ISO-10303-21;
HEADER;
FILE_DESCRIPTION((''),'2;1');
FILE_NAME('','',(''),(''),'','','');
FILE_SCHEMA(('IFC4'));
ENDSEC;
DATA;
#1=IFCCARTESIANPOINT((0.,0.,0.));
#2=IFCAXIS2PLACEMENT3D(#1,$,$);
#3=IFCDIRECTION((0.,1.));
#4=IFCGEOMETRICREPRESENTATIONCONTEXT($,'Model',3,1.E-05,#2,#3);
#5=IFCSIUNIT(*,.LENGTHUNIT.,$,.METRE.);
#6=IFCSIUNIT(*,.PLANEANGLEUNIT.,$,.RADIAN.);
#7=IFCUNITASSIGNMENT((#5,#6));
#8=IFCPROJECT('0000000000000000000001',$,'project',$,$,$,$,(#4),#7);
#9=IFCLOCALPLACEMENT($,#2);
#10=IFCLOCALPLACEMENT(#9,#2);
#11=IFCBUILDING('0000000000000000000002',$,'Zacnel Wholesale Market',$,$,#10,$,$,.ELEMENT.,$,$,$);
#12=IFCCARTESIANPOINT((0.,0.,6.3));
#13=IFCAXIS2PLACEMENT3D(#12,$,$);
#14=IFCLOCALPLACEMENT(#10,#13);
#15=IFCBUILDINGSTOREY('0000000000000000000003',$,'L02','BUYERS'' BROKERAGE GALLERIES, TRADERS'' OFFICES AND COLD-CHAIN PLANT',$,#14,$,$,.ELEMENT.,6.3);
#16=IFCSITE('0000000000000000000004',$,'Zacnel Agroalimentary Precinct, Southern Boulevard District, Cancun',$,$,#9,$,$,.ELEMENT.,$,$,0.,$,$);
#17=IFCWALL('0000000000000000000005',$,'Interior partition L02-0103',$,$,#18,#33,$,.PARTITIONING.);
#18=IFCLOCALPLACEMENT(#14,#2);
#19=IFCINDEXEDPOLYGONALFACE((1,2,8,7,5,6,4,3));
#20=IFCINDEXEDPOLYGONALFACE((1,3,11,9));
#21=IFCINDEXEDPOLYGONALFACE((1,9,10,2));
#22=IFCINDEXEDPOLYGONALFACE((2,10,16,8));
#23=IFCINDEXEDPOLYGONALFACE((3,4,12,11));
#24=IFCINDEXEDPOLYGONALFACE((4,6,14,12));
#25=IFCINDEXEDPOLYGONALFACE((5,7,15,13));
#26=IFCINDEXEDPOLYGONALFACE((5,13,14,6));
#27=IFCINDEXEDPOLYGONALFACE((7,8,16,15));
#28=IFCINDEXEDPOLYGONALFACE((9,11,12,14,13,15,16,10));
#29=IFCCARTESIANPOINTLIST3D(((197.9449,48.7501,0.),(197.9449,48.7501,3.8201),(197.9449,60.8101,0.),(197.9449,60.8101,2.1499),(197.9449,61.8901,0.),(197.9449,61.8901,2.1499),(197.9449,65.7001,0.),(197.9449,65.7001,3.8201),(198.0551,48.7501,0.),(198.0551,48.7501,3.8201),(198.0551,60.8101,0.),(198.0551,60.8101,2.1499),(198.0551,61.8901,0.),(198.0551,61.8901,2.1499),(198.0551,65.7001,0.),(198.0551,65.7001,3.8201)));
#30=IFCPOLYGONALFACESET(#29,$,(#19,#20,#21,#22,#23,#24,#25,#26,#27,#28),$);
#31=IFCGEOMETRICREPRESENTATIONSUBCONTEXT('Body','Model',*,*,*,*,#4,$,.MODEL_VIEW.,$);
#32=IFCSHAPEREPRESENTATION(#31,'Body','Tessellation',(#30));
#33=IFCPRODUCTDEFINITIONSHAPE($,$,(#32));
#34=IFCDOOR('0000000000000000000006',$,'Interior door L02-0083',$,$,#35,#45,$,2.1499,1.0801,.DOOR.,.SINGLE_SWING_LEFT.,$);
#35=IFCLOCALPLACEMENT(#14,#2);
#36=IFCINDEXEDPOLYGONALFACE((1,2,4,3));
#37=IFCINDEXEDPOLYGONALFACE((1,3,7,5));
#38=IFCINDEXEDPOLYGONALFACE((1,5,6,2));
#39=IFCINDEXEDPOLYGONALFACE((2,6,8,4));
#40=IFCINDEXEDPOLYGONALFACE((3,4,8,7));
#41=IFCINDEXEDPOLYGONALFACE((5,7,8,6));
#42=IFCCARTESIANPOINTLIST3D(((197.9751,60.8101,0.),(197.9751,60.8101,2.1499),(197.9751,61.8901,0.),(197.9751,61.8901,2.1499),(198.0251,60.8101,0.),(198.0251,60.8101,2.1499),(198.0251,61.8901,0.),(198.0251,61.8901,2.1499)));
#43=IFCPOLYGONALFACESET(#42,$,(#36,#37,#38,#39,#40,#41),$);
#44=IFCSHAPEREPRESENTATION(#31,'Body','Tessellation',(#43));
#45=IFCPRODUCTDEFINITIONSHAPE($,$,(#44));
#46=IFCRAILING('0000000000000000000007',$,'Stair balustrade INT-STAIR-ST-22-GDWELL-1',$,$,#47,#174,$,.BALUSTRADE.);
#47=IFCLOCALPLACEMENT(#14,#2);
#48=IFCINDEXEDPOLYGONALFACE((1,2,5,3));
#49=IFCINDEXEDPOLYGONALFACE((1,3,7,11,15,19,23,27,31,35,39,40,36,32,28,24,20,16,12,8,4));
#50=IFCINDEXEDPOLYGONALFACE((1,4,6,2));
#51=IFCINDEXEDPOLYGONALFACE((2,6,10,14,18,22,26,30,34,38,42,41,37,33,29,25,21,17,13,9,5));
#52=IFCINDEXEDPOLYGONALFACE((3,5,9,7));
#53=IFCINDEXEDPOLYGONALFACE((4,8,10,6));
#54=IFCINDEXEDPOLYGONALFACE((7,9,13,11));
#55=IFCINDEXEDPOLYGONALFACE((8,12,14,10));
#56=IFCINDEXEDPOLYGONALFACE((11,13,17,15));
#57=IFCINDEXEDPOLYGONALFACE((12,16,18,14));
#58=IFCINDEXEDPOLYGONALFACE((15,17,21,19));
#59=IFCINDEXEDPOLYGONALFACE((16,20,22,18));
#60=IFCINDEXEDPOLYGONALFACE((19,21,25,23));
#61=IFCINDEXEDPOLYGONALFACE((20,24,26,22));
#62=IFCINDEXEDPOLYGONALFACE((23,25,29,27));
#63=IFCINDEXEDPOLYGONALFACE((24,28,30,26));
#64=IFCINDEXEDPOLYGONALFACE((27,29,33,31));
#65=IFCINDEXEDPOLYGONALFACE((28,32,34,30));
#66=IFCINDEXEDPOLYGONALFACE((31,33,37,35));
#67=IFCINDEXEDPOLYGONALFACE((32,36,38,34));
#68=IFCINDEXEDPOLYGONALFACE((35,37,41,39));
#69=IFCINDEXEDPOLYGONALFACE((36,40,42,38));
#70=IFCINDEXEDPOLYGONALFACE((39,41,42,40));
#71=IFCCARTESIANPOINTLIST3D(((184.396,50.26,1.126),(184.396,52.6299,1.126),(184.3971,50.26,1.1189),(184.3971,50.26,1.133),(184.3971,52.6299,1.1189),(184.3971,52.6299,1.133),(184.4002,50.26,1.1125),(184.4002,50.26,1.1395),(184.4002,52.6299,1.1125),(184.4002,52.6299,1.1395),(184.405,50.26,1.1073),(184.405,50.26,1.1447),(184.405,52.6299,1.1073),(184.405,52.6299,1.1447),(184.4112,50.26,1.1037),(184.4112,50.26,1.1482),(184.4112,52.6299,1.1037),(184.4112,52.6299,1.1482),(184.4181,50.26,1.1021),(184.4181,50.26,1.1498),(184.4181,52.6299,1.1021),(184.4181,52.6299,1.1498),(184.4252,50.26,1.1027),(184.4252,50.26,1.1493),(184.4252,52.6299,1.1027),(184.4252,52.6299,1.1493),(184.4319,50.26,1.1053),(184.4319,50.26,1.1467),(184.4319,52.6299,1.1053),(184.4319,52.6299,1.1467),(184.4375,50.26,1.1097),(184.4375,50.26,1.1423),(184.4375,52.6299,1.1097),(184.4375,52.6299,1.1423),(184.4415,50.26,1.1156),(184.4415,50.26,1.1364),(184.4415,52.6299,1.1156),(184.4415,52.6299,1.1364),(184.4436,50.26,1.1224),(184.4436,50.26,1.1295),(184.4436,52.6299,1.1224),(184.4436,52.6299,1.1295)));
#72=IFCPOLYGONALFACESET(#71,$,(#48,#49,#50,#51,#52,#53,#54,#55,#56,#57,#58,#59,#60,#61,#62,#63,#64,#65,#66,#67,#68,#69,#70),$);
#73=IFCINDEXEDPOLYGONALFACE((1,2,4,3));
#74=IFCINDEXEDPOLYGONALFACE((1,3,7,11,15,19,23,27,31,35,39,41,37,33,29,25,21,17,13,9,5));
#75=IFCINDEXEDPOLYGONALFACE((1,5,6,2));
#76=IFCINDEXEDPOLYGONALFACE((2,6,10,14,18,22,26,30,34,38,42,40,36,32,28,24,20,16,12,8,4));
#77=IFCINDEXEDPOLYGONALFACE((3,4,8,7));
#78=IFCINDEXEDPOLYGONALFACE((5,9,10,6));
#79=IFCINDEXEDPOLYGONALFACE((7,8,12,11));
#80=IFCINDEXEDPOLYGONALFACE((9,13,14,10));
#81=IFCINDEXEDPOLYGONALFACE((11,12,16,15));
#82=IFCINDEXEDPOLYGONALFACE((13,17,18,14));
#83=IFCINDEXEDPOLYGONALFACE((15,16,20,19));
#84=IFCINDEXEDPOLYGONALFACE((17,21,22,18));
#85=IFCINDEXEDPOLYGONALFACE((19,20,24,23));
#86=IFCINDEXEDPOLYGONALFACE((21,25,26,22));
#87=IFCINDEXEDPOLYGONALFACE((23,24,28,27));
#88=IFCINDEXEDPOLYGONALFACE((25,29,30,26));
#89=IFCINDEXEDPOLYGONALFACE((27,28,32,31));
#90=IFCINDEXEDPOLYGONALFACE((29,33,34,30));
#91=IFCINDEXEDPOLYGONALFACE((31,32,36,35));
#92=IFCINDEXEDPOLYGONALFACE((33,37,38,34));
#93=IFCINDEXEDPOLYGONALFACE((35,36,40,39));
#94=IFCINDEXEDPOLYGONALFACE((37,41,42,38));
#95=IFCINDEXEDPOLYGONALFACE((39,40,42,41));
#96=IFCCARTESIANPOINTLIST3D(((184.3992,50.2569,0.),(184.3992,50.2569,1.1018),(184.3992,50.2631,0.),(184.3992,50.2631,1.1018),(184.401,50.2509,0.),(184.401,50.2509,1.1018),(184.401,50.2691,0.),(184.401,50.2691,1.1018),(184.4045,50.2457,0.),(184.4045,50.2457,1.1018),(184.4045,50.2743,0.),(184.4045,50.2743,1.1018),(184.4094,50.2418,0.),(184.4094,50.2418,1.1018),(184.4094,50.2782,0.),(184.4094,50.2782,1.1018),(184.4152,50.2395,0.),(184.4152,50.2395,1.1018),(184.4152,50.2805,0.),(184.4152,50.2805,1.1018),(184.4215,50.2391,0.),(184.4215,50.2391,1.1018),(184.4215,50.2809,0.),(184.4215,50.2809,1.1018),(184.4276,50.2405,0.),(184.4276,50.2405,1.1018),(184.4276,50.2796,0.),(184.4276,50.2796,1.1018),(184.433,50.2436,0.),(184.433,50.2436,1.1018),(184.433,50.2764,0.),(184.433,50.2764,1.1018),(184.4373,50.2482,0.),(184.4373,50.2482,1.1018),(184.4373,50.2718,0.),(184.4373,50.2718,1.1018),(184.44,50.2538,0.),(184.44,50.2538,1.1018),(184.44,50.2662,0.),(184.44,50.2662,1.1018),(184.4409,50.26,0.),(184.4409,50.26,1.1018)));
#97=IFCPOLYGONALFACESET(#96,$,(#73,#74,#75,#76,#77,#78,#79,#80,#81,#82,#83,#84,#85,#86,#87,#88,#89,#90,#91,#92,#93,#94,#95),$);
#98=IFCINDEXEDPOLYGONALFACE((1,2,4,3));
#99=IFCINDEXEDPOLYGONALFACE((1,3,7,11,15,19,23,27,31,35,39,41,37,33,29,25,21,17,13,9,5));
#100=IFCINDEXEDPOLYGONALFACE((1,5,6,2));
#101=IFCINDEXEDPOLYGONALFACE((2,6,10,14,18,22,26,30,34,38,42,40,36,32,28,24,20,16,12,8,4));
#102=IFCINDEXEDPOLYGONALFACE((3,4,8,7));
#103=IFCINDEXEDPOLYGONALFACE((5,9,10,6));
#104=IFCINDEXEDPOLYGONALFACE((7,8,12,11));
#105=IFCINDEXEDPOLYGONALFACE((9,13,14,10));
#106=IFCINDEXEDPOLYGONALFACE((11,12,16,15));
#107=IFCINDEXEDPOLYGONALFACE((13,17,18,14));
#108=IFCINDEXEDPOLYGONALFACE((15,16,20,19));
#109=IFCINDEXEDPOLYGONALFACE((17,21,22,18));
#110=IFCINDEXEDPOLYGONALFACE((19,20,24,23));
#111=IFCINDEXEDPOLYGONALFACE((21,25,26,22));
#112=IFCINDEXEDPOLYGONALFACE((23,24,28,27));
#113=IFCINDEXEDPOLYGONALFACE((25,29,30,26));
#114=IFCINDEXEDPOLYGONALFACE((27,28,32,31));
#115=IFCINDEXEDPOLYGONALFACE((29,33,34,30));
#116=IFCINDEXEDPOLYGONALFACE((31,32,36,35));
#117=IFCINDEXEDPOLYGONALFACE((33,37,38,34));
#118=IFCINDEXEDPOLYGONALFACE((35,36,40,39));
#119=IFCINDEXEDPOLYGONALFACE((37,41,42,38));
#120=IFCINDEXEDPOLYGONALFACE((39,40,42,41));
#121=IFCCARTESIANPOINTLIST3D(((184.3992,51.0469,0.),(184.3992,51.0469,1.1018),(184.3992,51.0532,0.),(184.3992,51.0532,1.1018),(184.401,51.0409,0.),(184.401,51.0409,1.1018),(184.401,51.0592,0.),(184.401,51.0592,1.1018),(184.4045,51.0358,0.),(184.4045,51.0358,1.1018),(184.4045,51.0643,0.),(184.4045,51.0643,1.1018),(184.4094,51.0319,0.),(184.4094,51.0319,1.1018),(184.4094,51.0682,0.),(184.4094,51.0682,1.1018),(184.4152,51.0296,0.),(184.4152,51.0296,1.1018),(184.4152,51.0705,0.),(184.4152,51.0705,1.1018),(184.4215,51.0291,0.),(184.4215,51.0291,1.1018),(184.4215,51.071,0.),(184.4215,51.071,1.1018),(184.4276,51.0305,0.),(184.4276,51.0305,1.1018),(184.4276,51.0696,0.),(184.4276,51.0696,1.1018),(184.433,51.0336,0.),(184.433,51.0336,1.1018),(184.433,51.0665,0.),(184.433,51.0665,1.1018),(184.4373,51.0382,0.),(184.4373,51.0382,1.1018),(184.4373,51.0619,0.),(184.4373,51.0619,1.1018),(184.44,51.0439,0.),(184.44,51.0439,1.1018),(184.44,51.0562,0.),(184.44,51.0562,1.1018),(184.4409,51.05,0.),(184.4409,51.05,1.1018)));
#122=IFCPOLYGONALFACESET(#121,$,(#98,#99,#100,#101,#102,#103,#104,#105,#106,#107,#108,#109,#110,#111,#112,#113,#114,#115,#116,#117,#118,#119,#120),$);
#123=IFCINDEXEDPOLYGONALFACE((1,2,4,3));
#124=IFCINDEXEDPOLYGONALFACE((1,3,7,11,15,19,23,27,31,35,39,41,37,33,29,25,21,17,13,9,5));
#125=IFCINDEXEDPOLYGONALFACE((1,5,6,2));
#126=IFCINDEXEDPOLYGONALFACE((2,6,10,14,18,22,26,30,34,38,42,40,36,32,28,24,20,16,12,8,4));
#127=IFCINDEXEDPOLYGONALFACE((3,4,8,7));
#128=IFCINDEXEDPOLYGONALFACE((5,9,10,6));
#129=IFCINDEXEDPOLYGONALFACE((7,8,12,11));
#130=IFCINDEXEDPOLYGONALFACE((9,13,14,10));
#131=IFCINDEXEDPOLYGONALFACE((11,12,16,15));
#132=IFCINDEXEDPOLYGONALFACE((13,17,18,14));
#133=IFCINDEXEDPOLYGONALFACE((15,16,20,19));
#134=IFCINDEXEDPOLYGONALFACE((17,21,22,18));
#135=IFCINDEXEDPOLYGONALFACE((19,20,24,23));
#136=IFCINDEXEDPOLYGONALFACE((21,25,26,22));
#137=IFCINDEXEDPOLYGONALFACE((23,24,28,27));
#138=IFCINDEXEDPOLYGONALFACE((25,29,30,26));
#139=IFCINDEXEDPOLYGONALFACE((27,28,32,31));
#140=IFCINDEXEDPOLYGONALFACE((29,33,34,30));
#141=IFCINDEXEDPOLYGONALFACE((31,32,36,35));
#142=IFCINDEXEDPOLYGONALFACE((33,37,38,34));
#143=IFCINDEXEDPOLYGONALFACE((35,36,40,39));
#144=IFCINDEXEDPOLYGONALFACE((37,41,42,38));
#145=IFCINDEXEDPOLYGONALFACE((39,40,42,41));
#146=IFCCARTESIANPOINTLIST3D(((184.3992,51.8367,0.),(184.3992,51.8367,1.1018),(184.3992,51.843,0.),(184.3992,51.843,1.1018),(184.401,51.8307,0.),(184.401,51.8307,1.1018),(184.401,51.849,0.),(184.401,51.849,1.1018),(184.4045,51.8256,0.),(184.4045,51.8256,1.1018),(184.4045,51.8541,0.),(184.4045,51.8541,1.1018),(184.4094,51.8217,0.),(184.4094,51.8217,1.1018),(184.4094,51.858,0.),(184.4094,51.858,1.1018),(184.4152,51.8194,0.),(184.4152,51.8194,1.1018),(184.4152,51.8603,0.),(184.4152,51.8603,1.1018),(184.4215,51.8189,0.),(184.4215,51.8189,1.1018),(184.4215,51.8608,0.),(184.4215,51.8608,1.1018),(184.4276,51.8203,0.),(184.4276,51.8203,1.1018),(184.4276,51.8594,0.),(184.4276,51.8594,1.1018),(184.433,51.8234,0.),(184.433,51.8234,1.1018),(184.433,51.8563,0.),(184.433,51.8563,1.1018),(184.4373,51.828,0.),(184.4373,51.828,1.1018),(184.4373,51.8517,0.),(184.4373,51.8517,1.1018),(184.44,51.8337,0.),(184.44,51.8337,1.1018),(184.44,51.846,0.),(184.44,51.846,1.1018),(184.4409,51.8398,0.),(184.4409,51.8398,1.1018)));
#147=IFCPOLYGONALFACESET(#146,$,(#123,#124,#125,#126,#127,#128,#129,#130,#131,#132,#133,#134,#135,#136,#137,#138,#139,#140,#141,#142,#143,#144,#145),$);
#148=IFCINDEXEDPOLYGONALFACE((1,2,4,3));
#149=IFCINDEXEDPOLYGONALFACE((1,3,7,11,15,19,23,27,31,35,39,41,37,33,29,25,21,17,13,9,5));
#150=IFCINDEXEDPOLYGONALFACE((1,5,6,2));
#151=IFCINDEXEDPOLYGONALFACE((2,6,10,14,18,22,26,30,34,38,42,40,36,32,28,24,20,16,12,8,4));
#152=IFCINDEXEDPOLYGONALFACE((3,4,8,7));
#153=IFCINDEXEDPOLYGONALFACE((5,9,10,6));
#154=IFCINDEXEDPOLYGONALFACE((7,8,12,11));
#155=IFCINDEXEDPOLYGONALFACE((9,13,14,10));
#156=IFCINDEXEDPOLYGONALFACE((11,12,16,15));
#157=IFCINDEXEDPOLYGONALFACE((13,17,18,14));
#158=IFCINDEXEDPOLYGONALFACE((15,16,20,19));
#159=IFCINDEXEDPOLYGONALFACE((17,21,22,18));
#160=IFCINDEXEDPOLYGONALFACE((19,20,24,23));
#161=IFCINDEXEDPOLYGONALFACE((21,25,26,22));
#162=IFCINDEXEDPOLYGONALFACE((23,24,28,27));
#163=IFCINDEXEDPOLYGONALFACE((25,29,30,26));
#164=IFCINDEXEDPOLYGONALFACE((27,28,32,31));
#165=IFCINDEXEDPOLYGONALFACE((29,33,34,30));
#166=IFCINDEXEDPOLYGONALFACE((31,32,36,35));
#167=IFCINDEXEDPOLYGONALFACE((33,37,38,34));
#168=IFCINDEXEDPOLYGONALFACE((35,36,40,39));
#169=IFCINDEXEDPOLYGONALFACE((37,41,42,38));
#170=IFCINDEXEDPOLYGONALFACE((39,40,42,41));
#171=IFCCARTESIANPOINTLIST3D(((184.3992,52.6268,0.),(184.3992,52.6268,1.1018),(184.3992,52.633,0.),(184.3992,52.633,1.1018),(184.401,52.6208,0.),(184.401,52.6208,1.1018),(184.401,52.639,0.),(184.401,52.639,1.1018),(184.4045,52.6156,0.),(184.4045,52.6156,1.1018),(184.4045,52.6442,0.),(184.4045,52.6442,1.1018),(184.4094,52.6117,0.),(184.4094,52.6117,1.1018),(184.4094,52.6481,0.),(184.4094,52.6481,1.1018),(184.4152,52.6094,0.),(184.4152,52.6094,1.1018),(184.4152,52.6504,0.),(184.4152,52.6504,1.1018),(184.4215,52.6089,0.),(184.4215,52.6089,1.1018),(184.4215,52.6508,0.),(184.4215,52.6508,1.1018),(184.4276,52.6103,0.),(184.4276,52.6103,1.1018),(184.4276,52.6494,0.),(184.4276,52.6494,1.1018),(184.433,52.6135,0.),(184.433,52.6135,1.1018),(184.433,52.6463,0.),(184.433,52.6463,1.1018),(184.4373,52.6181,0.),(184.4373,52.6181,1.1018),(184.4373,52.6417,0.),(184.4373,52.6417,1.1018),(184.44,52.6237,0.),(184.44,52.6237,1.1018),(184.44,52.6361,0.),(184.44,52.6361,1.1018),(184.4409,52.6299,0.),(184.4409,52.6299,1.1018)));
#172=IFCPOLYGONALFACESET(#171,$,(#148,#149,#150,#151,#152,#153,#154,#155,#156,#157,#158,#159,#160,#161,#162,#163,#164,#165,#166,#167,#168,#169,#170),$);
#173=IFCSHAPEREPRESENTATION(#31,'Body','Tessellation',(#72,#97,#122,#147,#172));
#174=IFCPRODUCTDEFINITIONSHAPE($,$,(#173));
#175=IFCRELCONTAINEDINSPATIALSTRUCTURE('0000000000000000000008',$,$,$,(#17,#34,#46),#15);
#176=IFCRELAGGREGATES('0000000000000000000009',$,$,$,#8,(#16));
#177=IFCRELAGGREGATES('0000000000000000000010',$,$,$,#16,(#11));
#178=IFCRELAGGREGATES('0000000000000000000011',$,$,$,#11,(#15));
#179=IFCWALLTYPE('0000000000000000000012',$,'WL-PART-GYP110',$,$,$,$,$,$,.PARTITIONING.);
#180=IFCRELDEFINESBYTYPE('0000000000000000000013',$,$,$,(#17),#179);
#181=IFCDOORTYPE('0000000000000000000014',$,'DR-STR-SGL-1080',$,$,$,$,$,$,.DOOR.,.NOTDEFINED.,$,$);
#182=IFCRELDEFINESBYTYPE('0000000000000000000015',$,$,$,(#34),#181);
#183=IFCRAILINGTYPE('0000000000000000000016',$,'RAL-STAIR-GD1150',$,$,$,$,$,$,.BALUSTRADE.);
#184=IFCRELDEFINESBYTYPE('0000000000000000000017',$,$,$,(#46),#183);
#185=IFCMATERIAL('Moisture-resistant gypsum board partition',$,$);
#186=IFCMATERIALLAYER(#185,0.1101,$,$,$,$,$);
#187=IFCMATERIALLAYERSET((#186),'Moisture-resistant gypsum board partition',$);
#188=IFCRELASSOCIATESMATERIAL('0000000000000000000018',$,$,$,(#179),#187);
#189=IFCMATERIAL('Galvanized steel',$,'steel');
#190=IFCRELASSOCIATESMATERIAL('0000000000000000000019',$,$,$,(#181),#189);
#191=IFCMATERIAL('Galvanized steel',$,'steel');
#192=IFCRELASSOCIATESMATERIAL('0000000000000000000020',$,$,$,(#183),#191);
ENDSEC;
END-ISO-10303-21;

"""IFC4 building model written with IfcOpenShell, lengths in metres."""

from ifc_helpers import new_model, si_unit, direction, frame, frame_2d, origin, origin_2d, place, context, subcontext, project, spatial, rectangle, circle, extrude, material, layer, layer_set, type_object, element, fill, save


model = new_model("IFC4")

# Units and contexts
model_context = context("Model", 3, precision=1e-05, world=origin(), true_north=direction((0.0, 1.0)))
body_context = subcontext(model_context, "Body", "Model", "MODEL_VIEW")
ifc_project = project(units=[si_unit("LENGTHUNIT", "METRE"), si_unit("PLANEANGLEUNIT", "RADIAN")], contexts=[model_context])

# Site, building, storey
site_placement = place(None, origin())
site = spatial("IfcSite", under=ifc_project, at=site_placement, Name="Zacnel Agroalimentary Precinct, Southern Boulevard District, Cancun", CompositionType="ELEMENT", RefElevation=0.0)
building_placement = place(site_placement, origin())
building = spatial("IfcBuilding", under=site, at=building_placement, Name="Zacnel Wholesale Market", CompositionType="ELEMENT")
storey_placement = place(building_placement, frame((0.0, 0.0, 6.3)))
storey = spatial("IfcBuildingStorey", under=building, at=storey_placement, Name="L02", Description="BUYERS' BROKERAGE GALLERIES, TRADERS' OFFICES AND COLD-CHAIN PLANT", CompositionType="ELEMENT", Elevation=6.3)

# Wall, opening, door
ifc_material_1 = material(Name="Moisture-resistant gypsum board partition")
ifc_layer_1 = layer(ifc_material_1, 0.1101)
ifc_layer_set_1 = layer_set([ifc_layer_1], Name="Moisture-resistant gypsum board partition")
wall_type_1 = type_object("IfcWallType", Name="WL-PART-GYP110", PredefinedType="PARTITIONING", material=ifc_layer_set_1)
wall_1_placement = place(storey_placement, frame((198.0, 48.75, 0.0), z_axis=(0.0, 0.0, 1.0), x_axis=(0.0, 1.0, 0.0)))
wall_1 = element("IfcWall", 1, at=wall_1_placement, inside=storey, type_object=wall_type_1, Name="Interior partition L02-0103", PredefinedType="PARTITIONING", context=body_context, shape_type="SweptSolid", body=[
    extrude(rectangle(XDim=16.95, YDim=0.1101, at=frame_2d((8.4751, 0.0))), origin(), (0.0, 0.0, 1.0), 3.8201),
])
opening_1_placement = place(wall_1_placement, frame((12.0601, 0.0, 0.0)))
opening_1 = element("IfcOpeningElement", 2, at=opening_1_placement, cuts=wall_1, PredefinedType="OPENING", context=body_context, shape_type="SweptSolid", body=[
    extrude(rectangle(XDim=1.0801, YDim=2.1499, at=frame_2d((0.54, 1.075))), frame((0.0, 0.0649, 0.0), z_axis=(0.0, -1.0, 0.0), x_axis=(1.0, 0.0, 0.0)), (0.0, 0.0, 1.0), 0.1301),
])
ifc_material_2 = material(Name="Galvanized steel", Category="steel")
door_type_1 = type_object("IfcDoorType", Name="DR-STR-SGL-1080", OperationType="NOTDEFINED", PredefinedType="DOOR", material=ifc_material_2)
door_1_placement = place(opening_1_placement, origin())
door_1 = element("IfcDoor", 3, at=door_1_placement, inside=storey, type_object=door_type_1, Name="Interior door L02-0083", OperationType="SINGLE_SWING_LEFT", OverallHeight=2.1499, OverallWidth=1.0801, PredefinedType="DOOR", context=body_context, shape_type="SweptSolid", body=[
    extrude(rectangle(XDim=1.0801, YDim=2.1499, at=frame_2d((0.54, 1.075))), frame((0.0, 0.0249, 0.0), z_axis=(0.0, -1.0, 0.0), x_axis=(1.0, 0.0, 0.0)), (0.0, 0.0, 1.0), 0.05),
])
fill(opening_1, door_1)

# Railing
ifc_material_3 = material(Name="Galvanized steel", Category="steel")
railing_type = type_object("IfcRailingType", Name="RAL-STAIR-GD1150", PredefinedType="BALUSTRADE", material=ifc_material_3)
railing_placement = place(storey_placement, frame((184.4199, 50.26, 0.0)))
element("IfcRailing", 4, at=railing_placement, inside=storey, type_object=railing_type, Name="Stair balustrade INT-STAIR-ST-22-GDWELL-1", PredefinedType="BALUSTRADE", context=body_context, shape_type="SweptSolid", body=[
    extrude(circle(Radius=0.0239, at=origin_2d()), frame((0.0, 0.0, 1.126), z_axis=(0.0, 1.0, 0.0), x_axis=(-1.0, 0.0, 0.0)), (0.0, 0.0, 1.0), 2.3699),
    extrude(circle(Radius=0.021, at=origin_2d()), origin(), (0.0, 0.0, 1.0), 1.1018),
    extrude(circle(Radius=0.021, at=origin_2d()), frame((0.0, 0.79, 0.0)), (0.0, 0.0, 1.0), 1.1018),
    extrude(circle(Radius=0.021, at=origin_2d()), frame((0.0, 1.5798, 0.0)), (0.0, 0.0, 1.0), 1.1018),
    extrude(circle(Radius=0.021, at=origin_2d()), frame((0.0, 2.3699, 0.0)), (0.0, 0.0, 1.0), 1.1018),
])

save(model, "model.ifc")
